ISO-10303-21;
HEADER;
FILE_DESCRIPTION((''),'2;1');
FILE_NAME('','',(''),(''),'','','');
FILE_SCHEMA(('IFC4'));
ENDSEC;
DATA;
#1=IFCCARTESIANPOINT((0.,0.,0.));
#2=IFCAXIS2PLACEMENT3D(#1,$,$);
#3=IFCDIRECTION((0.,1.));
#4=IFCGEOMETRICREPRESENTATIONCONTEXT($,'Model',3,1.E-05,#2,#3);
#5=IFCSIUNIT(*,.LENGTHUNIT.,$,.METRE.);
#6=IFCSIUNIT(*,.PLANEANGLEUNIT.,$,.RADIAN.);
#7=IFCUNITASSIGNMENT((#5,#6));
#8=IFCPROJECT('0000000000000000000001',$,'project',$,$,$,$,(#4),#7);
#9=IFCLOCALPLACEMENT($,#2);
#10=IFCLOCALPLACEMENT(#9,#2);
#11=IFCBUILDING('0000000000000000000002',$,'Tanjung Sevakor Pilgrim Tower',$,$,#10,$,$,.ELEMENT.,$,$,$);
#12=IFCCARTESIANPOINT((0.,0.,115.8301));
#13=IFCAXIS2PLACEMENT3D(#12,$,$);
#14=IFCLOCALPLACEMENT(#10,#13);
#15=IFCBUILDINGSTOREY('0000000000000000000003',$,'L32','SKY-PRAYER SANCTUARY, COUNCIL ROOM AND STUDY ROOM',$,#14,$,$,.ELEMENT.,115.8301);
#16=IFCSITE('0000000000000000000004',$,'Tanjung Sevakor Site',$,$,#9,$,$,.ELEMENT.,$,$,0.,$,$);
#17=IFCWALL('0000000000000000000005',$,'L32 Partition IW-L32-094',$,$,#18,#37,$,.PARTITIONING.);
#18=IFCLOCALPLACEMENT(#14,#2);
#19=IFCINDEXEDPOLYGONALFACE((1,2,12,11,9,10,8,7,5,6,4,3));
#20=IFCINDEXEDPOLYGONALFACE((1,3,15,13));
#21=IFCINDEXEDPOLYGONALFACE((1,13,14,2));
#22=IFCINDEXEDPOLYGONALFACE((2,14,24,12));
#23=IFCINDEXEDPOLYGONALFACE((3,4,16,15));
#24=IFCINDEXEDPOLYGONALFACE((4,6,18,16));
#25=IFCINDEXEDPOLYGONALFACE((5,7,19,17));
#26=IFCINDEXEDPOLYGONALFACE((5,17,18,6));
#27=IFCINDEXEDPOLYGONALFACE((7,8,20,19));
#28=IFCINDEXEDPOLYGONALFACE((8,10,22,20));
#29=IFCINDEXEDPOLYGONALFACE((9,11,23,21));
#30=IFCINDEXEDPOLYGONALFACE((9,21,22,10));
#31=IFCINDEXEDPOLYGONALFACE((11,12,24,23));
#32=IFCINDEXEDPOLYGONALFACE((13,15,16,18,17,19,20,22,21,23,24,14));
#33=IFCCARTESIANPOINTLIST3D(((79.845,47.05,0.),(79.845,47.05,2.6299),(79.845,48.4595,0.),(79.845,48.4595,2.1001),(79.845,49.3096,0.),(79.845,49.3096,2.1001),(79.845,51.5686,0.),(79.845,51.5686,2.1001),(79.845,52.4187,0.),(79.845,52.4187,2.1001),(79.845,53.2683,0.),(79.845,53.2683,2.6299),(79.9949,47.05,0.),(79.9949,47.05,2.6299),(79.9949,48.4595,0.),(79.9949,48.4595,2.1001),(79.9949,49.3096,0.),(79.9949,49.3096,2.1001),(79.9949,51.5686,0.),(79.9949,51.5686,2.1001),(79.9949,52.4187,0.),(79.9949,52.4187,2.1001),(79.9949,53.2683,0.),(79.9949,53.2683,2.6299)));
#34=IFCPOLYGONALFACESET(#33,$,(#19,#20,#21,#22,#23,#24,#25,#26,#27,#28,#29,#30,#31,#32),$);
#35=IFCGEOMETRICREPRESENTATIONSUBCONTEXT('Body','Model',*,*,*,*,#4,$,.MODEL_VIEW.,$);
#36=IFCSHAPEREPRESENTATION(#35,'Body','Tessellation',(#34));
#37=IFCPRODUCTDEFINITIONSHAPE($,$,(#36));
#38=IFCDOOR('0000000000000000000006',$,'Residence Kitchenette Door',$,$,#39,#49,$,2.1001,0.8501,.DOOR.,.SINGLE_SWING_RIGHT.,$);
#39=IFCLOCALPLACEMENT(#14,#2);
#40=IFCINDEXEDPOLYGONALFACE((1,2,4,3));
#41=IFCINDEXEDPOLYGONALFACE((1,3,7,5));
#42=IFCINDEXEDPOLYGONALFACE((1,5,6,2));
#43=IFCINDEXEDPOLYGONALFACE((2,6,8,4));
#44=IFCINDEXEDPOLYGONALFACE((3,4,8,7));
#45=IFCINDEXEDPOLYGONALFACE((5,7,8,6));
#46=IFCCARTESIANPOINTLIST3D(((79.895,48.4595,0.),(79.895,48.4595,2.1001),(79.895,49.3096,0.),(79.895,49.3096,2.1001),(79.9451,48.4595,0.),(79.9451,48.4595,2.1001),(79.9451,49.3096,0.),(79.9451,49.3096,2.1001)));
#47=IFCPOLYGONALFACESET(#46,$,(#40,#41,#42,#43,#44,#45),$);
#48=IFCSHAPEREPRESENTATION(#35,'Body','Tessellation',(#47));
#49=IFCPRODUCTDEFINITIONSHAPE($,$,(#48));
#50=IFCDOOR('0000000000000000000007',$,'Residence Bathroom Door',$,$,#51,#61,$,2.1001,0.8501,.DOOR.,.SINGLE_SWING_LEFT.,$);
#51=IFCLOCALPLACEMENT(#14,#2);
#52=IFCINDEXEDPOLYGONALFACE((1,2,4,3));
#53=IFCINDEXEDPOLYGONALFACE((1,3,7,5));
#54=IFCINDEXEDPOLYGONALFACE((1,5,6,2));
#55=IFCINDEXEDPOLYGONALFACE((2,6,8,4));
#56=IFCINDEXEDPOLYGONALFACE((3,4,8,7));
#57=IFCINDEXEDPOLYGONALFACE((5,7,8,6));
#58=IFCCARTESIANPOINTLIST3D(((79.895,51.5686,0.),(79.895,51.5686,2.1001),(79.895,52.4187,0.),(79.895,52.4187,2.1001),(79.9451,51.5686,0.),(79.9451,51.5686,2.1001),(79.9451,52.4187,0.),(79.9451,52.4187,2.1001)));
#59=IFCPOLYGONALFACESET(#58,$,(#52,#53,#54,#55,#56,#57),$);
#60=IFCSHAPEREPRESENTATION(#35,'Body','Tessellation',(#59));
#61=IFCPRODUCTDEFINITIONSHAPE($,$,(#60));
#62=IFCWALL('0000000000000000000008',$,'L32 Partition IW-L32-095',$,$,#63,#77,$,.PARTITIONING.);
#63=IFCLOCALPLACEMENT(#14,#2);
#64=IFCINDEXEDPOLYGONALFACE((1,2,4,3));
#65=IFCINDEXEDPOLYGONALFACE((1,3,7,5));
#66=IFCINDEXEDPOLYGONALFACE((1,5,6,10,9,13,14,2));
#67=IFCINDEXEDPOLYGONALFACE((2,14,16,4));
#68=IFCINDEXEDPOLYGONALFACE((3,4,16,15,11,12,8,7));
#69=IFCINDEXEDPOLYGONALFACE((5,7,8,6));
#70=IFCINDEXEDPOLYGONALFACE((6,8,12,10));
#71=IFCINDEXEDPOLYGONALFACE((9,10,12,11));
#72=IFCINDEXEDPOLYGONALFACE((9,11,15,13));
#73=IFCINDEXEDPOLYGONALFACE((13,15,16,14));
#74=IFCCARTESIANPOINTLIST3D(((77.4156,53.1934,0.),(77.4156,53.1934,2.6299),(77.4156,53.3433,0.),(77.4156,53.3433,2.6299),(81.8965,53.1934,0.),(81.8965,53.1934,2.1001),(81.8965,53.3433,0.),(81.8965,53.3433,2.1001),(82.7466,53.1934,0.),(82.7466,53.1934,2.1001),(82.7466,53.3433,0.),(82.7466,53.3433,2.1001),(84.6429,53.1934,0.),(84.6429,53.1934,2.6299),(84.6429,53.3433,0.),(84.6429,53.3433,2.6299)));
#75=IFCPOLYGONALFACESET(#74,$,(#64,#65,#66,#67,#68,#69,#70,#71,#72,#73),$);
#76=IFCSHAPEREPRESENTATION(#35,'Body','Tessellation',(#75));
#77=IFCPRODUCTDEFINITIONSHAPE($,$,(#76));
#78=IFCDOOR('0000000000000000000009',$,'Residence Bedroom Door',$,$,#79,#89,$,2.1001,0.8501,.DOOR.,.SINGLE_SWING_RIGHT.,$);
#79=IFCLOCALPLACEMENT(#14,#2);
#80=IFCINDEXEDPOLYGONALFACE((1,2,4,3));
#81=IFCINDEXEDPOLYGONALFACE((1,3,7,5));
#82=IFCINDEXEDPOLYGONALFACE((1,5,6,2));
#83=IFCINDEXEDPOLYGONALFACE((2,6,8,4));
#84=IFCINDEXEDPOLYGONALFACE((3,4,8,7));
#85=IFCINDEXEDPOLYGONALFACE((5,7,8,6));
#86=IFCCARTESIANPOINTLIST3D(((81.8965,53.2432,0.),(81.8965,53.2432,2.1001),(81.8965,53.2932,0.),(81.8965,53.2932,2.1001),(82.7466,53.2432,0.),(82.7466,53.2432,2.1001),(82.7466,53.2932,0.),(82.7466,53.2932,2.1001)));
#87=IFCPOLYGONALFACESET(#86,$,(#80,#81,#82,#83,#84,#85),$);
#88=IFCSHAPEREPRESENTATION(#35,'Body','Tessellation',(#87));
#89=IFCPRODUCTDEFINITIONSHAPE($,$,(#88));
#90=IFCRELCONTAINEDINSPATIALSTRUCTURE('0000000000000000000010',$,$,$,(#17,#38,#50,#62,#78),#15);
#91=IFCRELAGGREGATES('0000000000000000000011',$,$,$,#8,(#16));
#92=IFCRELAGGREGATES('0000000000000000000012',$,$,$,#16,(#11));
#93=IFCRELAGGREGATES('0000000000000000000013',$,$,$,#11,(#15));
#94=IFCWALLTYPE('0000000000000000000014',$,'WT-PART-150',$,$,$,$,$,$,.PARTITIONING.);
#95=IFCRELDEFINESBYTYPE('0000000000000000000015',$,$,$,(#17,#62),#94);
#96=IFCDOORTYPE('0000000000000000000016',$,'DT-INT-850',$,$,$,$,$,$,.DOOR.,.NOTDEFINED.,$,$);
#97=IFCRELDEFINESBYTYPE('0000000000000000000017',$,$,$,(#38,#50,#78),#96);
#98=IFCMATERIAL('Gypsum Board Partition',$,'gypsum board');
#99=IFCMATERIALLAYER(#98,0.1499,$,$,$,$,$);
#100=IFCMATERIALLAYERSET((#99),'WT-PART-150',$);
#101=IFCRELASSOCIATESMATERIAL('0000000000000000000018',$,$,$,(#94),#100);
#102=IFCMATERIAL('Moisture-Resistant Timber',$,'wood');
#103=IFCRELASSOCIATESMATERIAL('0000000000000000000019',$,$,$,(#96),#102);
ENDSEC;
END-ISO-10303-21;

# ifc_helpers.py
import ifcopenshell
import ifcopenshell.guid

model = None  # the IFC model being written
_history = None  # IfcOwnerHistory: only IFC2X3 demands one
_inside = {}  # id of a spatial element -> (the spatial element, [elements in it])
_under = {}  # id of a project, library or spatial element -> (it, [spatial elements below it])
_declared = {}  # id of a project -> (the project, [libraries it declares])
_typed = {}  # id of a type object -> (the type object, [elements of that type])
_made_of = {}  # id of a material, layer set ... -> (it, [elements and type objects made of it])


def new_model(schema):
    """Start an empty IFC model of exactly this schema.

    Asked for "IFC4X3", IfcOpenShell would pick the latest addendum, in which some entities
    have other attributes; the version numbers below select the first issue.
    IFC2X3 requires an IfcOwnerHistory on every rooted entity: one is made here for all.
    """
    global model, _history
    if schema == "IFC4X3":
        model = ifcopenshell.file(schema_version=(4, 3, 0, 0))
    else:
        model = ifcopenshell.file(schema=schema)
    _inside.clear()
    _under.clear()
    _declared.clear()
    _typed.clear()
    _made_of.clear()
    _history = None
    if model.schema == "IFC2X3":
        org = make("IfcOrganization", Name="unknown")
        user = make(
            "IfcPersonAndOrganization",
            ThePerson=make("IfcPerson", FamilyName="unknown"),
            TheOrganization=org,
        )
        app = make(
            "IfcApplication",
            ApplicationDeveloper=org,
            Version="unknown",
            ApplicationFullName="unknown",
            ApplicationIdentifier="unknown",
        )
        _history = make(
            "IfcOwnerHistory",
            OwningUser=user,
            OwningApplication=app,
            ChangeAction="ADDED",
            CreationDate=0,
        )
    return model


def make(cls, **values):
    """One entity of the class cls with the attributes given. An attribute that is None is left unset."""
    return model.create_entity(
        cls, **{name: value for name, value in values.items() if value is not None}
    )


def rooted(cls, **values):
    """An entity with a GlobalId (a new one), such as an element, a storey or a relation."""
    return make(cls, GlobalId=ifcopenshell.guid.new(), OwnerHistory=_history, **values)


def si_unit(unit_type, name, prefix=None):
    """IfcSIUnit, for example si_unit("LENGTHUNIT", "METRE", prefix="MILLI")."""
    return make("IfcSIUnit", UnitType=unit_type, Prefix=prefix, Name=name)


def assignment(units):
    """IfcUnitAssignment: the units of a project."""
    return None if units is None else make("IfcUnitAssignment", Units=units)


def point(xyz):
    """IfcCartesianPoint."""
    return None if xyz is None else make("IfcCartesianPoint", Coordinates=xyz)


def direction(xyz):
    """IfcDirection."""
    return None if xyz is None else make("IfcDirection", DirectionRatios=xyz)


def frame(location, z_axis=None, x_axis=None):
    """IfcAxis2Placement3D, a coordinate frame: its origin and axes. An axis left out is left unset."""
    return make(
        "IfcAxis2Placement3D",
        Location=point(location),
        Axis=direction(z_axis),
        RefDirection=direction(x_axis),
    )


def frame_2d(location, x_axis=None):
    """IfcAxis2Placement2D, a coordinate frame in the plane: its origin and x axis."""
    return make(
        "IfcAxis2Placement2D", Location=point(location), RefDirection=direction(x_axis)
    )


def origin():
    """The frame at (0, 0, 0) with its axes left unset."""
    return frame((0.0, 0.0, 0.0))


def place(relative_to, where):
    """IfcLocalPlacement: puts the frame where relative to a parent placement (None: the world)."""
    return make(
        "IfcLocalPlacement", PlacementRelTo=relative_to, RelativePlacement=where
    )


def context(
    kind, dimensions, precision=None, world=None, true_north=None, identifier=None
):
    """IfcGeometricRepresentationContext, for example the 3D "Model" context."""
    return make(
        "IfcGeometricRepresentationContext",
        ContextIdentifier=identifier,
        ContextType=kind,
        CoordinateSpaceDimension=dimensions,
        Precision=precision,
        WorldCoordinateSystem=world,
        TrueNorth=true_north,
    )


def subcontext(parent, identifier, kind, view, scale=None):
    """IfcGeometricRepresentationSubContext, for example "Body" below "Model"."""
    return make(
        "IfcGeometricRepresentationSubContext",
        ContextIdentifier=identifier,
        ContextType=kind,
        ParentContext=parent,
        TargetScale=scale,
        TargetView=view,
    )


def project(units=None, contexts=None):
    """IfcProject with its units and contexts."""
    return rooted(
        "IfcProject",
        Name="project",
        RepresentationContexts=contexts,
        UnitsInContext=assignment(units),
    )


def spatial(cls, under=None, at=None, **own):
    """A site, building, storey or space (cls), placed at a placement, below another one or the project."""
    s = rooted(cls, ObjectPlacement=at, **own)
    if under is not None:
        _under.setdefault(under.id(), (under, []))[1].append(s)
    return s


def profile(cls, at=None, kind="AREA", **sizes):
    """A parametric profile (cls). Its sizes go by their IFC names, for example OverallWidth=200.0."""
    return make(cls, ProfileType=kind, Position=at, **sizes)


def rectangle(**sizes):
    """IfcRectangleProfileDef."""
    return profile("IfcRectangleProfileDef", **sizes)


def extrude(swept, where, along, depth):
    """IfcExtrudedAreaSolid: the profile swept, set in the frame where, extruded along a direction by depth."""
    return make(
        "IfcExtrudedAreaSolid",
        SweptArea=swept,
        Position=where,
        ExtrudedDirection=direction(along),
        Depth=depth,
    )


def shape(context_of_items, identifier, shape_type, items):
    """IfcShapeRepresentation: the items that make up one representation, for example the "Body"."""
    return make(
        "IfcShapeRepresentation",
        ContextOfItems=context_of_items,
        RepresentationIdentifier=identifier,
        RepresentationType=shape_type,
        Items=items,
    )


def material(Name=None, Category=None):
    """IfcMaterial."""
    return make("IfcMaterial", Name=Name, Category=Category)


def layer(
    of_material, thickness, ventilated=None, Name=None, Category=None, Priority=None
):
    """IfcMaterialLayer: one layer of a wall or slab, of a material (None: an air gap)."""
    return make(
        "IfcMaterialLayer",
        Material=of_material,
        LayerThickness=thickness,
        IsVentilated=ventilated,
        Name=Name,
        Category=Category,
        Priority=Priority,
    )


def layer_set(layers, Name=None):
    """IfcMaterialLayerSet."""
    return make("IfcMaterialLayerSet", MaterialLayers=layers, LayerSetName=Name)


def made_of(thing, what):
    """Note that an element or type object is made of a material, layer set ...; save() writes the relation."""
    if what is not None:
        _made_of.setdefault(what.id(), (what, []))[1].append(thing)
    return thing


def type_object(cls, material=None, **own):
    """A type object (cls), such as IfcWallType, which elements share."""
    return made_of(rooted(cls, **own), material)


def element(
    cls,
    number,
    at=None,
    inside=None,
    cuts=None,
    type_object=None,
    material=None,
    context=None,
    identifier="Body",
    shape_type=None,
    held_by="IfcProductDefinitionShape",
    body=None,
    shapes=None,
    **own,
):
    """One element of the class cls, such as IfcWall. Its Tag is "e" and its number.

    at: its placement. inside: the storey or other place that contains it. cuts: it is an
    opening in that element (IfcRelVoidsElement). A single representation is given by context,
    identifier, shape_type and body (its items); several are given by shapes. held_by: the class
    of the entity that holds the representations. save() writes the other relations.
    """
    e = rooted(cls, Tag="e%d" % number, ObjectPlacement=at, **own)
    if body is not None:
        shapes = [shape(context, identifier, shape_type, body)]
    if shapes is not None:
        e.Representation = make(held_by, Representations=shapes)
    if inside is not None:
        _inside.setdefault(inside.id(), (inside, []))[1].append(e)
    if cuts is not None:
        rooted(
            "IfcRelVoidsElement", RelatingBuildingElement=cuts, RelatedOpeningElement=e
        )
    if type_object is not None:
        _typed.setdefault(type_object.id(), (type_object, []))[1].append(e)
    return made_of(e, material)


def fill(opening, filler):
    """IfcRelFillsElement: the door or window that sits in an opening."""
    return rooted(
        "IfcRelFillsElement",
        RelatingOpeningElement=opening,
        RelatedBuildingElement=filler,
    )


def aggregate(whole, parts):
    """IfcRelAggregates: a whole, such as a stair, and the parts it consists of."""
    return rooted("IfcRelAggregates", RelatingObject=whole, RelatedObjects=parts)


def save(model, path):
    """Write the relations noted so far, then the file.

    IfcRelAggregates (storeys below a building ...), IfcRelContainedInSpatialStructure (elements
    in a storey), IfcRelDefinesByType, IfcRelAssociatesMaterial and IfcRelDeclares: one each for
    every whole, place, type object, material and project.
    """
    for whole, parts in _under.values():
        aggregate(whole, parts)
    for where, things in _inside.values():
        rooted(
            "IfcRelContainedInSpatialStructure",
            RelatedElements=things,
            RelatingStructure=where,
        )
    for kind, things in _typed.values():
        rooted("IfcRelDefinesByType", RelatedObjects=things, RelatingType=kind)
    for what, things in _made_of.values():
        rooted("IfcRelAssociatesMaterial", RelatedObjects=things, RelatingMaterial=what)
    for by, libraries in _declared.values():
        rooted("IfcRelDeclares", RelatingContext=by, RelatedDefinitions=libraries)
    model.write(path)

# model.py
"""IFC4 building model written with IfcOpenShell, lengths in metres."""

from ifc_helpers import new_model, si_unit, direction, frame, frame_2d, origin, place, context, subcontext, project, spatial, rectangle, extrude, material, layer, layer_set, type_object, element, fill, save


model = new_model("IFC4")

# Units and contexts
model_context = context("Model", 3, precision=1e-05, world=origin(), true_north=direction((0.0, 1.0)))
body_context = subcontext(model_context, "Body", "Model", "MODEL_VIEW")
ifc_project = project(units=[si_unit("LENGTHUNIT", "METRE"), si_unit("PLANEANGLEUNIT", "RADIAN")], contexts=[model_context])

# Site, building, storey
site_placement = place(None, origin())
site = spatial("IfcSite", under=ifc_project, at=site_placement, Name="Tanjung Sevakor Site", CompositionType="ELEMENT", RefElevation=0.0)
building_placement = place(site_placement, origin())
building = spatial("IfcBuilding", under=site, at=building_placement, Name="Tanjung Sevakor Pilgrim Tower", CompositionType="ELEMENT")
storey_placement = place(building_placement, frame((0.0, 0.0, 115.8301)))
storey = spatial("IfcBuildingStorey", under=building, at=storey_placement, Name="L32", Description="SKY-PRAYER SANCTUARY, COUNCIL ROOM AND STUDY ROOM", CompositionType="ELEMENT", Elevation=115.8301)

# Shared definitions
ifc_material_1 = material(Name="Gypsum Board Partition", Category="gypsum board")
ifc_layer_1 = layer(ifc_material_1, 0.1499)
ifc_layer_set_1 = layer_set([ifc_layer_1], Name="WT-PART-150")
wall_type_1 = type_object("IfcWallType", Name="WT-PART-150", PredefinedType="PARTITIONING", material=ifc_layer_set_1)

# Wall, openings, doors
wall_1_placement = place(storey_placement, frame((79.9199, 47.05, 0.0), z_axis=(0.0, 0.0, 1.0), x_axis=(0.0, 1.0, 0.0)))
wall_1 = element("IfcWall", 1, at=wall_1_placement, inside=storey, type_object=wall_type_1, Name="L32 Partition IW-L32-094", PredefinedType="PARTITIONING", context=body_context, shape_type="SweptSolid", body=[
    extrude(rectangle(XDim=6.2183, YDim=0.1499, at=frame_2d((3.1091, 0.0))), origin(), (0.0, 0.0, 1.0), 2.6299),
])
opening_1_placement = place(wall_1_placement, frame((1.4094, 0.0, 0.0)))
opening_1 = element("IfcOpeningElement", 2, at=opening_1_placement, cuts=wall_1, PredefinedType="OPENING", context=body_context, shape_type="SweptSolid", body=[
    extrude(rectangle(XDim=0.8501, YDim=2.1001, at=frame_2d((0.425, 1.05))), frame((0.0, 0.085, 0.0), z_axis=(0.0, -1.0, 0.0), x_axis=(1.0, 0.0, 0.0)), (0.0, 0.0, 1.0), 0.1699),
])
opening_2_placement = place(wall_1_placement, frame((4.5186, 0.0, 0.0)))
opening_2 = element("IfcOpeningElement", 3, at=opening_2_placement, cuts=wall_1, PredefinedType="OPENING", context=body_context, shape_type="SweptSolid", body=[
    extrude(rectangle(XDim=0.8501, YDim=2.1001, at=frame_2d((0.425, 1.05))), frame((0.0, 0.085, 0.0), z_axis=(0.0, -1.0, 0.0), x_axis=(1.0, 0.0, 0.0)), (0.0, 0.0, 1.0), 0.1699),
])
ifc_material_2 = material(Name="Moisture-Resistant Timber", Category="wood")
door_type_1 = type_object("IfcDoorType", Name="DT-INT-850", OperationType="NOTDEFINED", PredefinedType="DOOR", material=ifc_material_2)
door_1_placement = place(opening_1_placement, origin())
door_1 = element("IfcDoor", 4, at=door_1_placement, inside=storey, type_object=door_type_1, Name="Residence Kitchenette Door", OperationType="SINGLE_SWING_RIGHT", OverallHeight=2.1001, OverallWidth=0.8501, PredefinedType="DOOR", context=body_context, shape_type="SweptSolid", body=[
    extrude(rectangle(XDim=0.8501, YDim=2.1001, at=frame_2d((0.425, 1.05))), frame((0.0, 0.0249, 0.0), z_axis=(0.0, -1.0, 0.0), x_axis=(1.0, 0.0, 0.0)), (0.0, 0.0, 1.0), 0.05),
])
fill(opening_1, door_1)
door_2_placement = place(opening_2_placement, origin())
door_2 = element("IfcDoor", 5, at=door_2_placement, inside=storey, type_object=door_type_1, Name="Residence Bathroom Door", OperationType="SINGLE_SWING_LEFT", OverallHeight=2.1001, OverallWidth=0.8501, PredefinedType="DOOR", context=body_context, shape_type="SweptSolid", body=[
    extrude(rectangle(XDim=0.8501, YDim=2.1001, at=frame_2d((0.425, 1.05))), frame((0.0, 0.0249, 0.0), z_axis=(0.0, -1.0, 0.0), x_axis=(1.0, 0.0, 0.0)), (0.0, 0.0, 1.0), 0.05),
])
fill(opening_2, door_2)

# Wall, opening, door
wall_2_placement = place(storey_placement, frame((77.4155, 53.2683, 0.0), z_axis=(0.0, 0.0, 1.0), x_axis=(1.0, 0.0, 0.0)))
wall_2 = element("IfcWall", 6, at=wall_2_placement, inside=storey, type_object=wall_type_1, Name="L32 Partition IW-L32-095", PredefinedType="PARTITIONING", context=body_context, shape_type="SweptSolid", body=[
    extrude(rectangle(XDim=7.2273, YDim=0.1499, at=frame_2d((3.6138, 0.0))), origin(), (0.0, 0.0, 1.0), 2.6299),
])
opening_3_placement = place(wall_2_placement, frame((4.481, 0.0, 0.0)))
opening_3 = element("IfcOpeningElement", 7, at=opening_3_placement, cuts=wall_2, PredefinedType="OPENING", context=body_context, shape_type="SweptSolid", body=[
    extrude(rectangle(XDim=0.8501, YDim=2.1001, at=frame_2d((0.425, 1.05))), frame((0.0, 0.085, 0.0), z_axis=(0.0, -1.0, 0.0), x_axis=(1.0, 0.0, 0.0)), (0.0, 0.0, 1.0), 0.1699),
])
door_3_placement = place(opening_3_placement, origin())
door_3 = element("IfcDoor", 8, at=door_3_placement, inside=storey, type_object=door_type_1, Name="Residence Bedroom Door", OperationType="SINGLE_SWING_RIGHT", OverallHeight=2.1001, OverallWidth=0.8501, PredefinedType="DOOR", context=body_context, shape_type="SweptSolid", body=[
    extrude(rectangle(XDim=0.8501, YDim=2.1001, at=frame_2d((0.425, 1.05))), frame((0.0, 0.0249, 0.0), z_axis=(0.0, -1.0, 0.0), x_axis=(1.0, 0.0, 0.0)), (0.0, 0.0, 1.0), 0.05),
])
fill(opening_3, door_3)

save(model, "model.ifc")
